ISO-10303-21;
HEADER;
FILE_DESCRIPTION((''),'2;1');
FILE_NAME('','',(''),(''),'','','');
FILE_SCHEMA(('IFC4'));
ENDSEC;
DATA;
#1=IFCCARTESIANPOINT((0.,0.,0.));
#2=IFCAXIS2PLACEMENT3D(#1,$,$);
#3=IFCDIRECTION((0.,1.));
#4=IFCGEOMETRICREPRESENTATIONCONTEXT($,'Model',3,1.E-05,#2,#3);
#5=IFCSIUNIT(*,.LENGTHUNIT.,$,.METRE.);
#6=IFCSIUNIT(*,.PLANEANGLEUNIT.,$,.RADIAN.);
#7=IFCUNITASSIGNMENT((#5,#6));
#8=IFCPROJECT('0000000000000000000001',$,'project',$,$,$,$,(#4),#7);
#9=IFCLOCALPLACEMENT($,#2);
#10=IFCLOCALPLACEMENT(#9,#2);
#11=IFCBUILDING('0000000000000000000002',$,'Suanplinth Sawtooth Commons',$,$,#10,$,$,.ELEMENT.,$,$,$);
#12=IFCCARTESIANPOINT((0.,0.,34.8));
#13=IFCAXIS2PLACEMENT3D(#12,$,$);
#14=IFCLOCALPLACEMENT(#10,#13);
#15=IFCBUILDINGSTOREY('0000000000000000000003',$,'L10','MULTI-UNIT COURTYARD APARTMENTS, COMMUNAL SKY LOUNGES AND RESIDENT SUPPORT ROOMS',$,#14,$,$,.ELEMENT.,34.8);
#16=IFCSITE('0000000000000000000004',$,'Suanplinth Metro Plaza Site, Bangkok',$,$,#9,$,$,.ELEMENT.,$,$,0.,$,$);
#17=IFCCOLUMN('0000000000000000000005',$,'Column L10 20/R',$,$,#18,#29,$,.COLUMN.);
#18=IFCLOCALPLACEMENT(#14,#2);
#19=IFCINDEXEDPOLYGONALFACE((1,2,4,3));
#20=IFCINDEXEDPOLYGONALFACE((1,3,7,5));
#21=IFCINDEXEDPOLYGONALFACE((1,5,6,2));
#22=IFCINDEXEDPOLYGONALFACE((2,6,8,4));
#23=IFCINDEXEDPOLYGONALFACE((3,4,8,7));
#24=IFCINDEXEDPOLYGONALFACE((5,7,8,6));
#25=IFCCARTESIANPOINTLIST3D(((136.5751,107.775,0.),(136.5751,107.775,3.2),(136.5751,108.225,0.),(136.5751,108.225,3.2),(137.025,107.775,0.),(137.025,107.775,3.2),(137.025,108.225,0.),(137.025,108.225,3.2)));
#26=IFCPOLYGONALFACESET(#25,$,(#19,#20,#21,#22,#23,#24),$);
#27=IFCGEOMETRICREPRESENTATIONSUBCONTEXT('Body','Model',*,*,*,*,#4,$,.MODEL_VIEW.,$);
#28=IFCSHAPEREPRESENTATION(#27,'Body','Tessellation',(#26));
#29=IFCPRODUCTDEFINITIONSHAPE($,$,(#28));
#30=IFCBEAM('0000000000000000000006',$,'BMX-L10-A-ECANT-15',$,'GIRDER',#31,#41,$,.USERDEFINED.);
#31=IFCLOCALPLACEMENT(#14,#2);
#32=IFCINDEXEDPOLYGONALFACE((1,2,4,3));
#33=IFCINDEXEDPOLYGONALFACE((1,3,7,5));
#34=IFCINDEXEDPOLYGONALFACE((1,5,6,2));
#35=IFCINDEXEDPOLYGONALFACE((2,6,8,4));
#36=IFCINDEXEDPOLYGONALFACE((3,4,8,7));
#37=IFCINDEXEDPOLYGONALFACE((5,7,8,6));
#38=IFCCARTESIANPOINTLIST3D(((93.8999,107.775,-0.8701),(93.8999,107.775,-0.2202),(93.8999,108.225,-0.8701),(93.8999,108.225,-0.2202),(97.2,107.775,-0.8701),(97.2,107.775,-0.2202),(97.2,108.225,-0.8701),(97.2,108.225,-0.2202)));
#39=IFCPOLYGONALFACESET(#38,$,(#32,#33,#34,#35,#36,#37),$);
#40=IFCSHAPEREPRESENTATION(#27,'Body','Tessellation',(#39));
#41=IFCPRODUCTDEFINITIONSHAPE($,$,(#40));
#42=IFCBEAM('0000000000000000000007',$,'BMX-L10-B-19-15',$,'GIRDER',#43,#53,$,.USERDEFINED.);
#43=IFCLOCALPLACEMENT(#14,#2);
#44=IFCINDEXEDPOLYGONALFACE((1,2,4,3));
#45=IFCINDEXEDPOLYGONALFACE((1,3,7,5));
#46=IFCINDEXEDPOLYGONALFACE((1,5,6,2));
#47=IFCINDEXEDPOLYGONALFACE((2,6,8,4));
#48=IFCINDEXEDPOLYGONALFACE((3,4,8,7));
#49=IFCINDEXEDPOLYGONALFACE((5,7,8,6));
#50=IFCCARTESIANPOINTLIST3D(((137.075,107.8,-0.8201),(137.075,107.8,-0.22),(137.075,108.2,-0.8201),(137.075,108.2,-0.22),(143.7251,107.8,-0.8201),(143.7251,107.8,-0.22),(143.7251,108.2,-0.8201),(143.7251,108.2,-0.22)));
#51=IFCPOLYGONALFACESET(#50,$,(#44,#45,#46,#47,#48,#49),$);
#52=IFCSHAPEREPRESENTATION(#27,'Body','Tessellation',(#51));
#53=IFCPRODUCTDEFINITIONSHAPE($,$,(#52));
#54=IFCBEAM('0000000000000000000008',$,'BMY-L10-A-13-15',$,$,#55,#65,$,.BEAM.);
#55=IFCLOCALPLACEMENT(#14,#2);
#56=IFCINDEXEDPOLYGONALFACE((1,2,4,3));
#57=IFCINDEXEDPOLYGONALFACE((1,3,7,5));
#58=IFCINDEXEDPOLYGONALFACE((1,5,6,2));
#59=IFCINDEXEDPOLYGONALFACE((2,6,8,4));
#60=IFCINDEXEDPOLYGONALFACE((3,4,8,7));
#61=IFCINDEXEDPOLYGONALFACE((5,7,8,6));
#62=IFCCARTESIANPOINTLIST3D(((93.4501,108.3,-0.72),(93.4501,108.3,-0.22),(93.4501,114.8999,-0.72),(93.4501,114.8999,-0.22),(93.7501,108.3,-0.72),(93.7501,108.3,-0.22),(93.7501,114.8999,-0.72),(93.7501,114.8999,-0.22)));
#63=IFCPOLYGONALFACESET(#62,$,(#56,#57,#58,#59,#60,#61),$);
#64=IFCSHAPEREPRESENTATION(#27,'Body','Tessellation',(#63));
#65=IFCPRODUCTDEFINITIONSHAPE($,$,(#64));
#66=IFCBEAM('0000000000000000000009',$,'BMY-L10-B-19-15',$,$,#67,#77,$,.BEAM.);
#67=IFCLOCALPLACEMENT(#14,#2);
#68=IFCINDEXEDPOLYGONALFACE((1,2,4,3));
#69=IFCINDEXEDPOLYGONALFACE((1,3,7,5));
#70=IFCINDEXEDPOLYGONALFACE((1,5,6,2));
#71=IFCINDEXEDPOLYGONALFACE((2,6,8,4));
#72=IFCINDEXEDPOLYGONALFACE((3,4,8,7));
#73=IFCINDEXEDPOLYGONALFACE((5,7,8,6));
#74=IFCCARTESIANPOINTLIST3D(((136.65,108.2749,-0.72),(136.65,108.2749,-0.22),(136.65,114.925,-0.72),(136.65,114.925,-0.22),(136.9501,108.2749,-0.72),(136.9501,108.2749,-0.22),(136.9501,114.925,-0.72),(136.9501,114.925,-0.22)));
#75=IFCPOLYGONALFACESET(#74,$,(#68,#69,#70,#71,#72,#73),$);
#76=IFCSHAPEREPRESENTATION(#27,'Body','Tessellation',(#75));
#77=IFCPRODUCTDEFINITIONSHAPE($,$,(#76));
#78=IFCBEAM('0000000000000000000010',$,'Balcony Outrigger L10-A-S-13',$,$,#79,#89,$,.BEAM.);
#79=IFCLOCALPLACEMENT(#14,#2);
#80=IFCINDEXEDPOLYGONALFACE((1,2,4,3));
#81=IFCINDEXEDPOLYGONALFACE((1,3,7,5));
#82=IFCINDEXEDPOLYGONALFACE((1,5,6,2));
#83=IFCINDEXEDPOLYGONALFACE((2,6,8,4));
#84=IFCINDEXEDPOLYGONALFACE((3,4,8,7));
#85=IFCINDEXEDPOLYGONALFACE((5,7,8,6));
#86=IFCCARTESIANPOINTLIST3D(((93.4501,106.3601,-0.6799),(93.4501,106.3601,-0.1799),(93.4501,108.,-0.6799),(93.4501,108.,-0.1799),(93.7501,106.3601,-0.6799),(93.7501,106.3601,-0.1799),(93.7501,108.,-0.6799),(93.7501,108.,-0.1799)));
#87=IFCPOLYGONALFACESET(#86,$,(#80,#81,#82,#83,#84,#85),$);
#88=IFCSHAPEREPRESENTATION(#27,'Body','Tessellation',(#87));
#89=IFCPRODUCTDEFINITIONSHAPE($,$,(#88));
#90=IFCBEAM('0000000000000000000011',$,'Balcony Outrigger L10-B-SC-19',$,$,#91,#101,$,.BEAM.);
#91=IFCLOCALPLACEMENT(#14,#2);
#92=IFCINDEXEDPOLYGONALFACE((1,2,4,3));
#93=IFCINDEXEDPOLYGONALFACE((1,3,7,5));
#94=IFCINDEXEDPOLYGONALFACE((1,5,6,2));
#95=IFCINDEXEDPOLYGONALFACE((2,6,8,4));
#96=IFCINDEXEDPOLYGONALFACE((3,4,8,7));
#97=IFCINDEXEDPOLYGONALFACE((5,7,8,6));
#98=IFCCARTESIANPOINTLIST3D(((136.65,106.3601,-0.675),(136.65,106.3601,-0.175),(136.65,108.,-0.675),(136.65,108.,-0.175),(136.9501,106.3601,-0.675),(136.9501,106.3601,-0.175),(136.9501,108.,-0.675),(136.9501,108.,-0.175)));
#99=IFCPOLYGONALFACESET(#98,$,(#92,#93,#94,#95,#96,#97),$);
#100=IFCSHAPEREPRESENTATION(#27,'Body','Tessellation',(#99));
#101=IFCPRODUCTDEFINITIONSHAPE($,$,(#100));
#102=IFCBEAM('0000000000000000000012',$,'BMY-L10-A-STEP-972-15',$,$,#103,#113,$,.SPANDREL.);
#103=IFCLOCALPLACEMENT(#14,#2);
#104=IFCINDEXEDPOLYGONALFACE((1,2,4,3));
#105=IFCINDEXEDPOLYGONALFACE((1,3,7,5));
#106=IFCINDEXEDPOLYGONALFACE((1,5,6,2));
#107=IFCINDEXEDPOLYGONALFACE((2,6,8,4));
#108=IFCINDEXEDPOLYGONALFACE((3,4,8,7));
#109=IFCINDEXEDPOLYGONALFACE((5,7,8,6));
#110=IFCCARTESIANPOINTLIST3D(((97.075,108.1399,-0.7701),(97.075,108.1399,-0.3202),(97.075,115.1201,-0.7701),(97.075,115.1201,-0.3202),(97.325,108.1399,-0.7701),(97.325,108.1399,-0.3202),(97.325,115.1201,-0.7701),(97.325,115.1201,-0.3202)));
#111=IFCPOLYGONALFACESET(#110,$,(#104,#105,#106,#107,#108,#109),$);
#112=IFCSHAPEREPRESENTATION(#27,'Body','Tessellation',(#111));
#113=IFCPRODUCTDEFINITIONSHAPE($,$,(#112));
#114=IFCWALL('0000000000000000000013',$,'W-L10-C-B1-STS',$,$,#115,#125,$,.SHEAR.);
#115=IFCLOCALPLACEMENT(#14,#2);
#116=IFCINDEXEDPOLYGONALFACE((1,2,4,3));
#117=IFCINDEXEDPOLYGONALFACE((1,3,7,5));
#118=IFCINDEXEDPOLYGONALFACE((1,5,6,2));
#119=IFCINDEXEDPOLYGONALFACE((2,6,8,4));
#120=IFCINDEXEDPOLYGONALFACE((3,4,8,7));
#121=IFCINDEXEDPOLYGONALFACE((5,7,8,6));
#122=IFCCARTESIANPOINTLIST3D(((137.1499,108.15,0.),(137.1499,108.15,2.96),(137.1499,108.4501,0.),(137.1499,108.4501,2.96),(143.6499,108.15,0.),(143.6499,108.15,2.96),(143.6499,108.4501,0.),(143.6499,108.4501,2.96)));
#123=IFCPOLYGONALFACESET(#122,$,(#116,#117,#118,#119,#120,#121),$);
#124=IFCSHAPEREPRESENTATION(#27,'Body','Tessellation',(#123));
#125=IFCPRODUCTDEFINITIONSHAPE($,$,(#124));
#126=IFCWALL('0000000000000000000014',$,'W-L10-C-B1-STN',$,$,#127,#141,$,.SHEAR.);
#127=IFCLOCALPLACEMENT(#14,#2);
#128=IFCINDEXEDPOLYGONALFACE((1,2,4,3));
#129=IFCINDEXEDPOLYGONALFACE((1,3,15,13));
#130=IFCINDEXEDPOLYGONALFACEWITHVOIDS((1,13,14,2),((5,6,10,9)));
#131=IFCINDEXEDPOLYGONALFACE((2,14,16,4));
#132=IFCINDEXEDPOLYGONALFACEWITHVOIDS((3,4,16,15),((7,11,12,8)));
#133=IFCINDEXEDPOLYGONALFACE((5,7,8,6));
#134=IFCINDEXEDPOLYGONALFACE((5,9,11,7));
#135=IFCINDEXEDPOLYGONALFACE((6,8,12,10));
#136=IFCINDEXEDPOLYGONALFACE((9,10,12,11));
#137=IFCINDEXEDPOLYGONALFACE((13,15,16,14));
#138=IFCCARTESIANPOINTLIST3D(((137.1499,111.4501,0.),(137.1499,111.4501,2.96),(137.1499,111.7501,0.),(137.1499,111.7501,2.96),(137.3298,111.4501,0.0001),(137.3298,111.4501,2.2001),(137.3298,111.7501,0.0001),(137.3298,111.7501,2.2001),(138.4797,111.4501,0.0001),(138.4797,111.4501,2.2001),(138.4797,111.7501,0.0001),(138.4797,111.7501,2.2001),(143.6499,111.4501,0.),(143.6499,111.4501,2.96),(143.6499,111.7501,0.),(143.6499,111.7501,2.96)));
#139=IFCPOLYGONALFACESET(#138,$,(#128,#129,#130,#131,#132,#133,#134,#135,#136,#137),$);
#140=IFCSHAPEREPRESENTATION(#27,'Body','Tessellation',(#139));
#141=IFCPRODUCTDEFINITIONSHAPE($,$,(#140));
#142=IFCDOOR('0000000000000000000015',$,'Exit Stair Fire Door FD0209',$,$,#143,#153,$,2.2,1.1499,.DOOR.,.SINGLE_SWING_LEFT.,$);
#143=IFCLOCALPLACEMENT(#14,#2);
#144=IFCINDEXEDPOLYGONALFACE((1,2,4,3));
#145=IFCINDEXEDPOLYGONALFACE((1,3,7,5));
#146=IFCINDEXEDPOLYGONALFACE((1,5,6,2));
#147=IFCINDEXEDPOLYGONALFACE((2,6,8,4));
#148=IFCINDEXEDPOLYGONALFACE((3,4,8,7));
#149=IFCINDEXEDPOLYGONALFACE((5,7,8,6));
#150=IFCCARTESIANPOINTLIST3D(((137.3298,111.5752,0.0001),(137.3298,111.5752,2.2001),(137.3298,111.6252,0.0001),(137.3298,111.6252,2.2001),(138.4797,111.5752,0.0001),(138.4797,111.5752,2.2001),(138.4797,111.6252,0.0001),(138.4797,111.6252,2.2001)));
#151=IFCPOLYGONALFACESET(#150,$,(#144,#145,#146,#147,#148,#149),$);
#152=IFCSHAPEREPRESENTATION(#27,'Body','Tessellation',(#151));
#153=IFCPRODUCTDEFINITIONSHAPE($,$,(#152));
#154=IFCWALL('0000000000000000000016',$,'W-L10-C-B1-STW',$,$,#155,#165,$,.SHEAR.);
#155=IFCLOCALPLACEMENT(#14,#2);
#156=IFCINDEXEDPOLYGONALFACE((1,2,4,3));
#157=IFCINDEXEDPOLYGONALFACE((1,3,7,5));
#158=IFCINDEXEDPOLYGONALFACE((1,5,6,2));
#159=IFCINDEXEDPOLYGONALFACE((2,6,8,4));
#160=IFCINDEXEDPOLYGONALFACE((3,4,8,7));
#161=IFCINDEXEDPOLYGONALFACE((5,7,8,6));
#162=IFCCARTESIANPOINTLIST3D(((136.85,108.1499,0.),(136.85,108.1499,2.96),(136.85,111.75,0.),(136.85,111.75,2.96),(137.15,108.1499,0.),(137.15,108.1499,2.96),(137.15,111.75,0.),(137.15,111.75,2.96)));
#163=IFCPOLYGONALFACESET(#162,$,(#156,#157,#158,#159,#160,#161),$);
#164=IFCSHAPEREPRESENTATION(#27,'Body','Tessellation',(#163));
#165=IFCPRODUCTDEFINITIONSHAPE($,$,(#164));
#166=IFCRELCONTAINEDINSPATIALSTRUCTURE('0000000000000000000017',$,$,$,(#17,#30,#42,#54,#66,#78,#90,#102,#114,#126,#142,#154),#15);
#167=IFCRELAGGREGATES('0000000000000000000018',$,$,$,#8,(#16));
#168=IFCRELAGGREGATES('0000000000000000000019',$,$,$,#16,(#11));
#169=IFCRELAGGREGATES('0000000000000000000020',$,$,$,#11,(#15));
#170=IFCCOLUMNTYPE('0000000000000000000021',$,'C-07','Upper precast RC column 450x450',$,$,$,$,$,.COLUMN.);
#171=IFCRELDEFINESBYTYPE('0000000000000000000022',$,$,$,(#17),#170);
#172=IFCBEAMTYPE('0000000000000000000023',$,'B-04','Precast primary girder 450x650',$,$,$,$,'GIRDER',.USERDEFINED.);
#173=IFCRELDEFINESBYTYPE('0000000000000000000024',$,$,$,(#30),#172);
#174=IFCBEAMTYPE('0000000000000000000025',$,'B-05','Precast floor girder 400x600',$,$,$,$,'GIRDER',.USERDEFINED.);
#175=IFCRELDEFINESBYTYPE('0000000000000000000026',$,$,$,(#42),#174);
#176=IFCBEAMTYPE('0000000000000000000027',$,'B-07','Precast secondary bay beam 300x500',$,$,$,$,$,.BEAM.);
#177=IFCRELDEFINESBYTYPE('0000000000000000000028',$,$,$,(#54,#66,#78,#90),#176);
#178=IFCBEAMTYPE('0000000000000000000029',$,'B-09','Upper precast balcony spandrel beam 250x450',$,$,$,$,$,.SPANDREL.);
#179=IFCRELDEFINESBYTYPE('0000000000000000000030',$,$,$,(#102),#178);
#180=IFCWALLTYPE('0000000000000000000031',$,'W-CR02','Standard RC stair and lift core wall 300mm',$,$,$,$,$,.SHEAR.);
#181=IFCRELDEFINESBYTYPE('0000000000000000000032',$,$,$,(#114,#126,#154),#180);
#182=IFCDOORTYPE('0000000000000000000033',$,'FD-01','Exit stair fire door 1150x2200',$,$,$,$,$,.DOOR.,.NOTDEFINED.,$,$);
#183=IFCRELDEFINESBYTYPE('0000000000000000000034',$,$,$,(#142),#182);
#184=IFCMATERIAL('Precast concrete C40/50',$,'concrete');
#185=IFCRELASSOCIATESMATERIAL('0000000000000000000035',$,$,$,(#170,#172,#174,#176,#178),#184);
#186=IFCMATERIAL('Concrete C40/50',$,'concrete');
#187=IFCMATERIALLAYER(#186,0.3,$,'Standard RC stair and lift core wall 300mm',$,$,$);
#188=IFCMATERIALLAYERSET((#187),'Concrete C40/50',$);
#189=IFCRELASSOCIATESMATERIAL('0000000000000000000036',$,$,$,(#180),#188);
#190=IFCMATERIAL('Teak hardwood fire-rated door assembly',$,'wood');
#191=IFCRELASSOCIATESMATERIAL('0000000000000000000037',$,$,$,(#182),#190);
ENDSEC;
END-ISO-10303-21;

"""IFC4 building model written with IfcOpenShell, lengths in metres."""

from ifc_helpers import new_model, si_unit, direction, frame, frame_2d, origin, origin_2d, place, context, subcontext, project, spatial, rectangle, extrude, material, layer, layer_set, material_profile, profile_set, type_object, element, fill, save


model = new_model("IFC4")

# Units and contexts
model_context = context("Model", 3, precision=1e-05, world=origin(), true_north=direction((0.0, 1.0)))
body_context = subcontext(model_context, "Body", "Model", "MODEL_VIEW")
ifc_project = project(units=[si_unit("LENGTHUNIT", "METRE"), si_unit("PLANEANGLEUNIT", "RADIAN")], contexts=[model_context])

# Site, building, storey
site_placement = place(None, origin())
site = spatial("IfcSite", under=ifc_project, at=site_placement, Name="Suanplinth Metro Plaza Site, Bangkok", CompositionType="ELEMENT", RefElevation=0.0)
building_placement = place(site_placement, origin())
building = spatial("IfcBuilding", under=site, at=building_placement, Name="Suanplinth Sawtooth Commons", CompositionType="ELEMENT")
storey_placement = place(building_placement, frame((0.0, 0.0, 34.8)))
storey = spatial("IfcBuildingStorey", under=building, at=storey_placement, Name="L10", Description="MULTI-UNIT COURTYARD APARTMENTS, COMMUNAL SKY LOUNGES AND RESIDENT SUPPORT ROOMS", CompositionType="ELEMENT", Elevation=34.8)

# Column
ifc_material_1 = material(Name="Precast concrete C40/50", Category="concrete")
ifc_material_profile_1 = material_profile(ifc_material_1, rectangle(XDim=0.45, YDim=0.45, at=origin_2d()), Name="PC-COL 450x450")
ifc_profile_set_1 = profile_set([ifc_material_profile_1], Name="Precast concrete C40/50")
column_type = type_object("IfcColumnType", Name="C-07", Description="Upper precast RC column 450x450", PredefinedType="COLUMN", material=ifc_profile_set_1)
column_placement = place(storey_placement, frame((136.8, 108.0, 0.0), z_axis=(0.0, 0.0, 1.0), x_axis=(1.0, 0.0, 0.0)))
element("IfcColumn", 1, at=column_placement, inside=storey, type_object=column_type, Name="Column L10 20/R", PredefinedType="COLUMN", context=body_context, shape_type="SweptSolid", body=[
    extrude(rectangle(XDim=0.45, YDim=0.45, at=origin_2d()), origin(), (0.0, 0.0, 1.0), 3.2),
])

# Beams
ifc_material_profile_2 = material_profile(ifc_material_1, rectangle(XDim=0.45, YDim=0.6499, at=origin_2d()), Name="PC-GDR 450x650")
ifc_profile_set_2 = profile_set([ifc_material_profile_2], Name="Precast concrete C40/50")
beam_type_1 = type_object("IfcBeamType", Name="B-04", Description="Precast primary girder 450x650", ElementType="GIRDER", PredefinedType="USERDEFINED", material=ifc_profile_set_2)
beam_1_placement = place(storey_placement, frame((93.8999, 108.0, -0.5452), z_axis=(1.0, 0.0, 0.0), x_axis=(0.0, 1.0, 0.0)))
element("IfcBeam", 2, at=beam_1_placement, inside=storey, type_object=beam_type_1, Name="BMX-L10-A-ECANT-15", ObjectType="GIRDER", PredefinedType="USERDEFINED", context=body_context, shape_type="SweptSolid", body=[
    extrude(rectangle(XDim=0.45, YDim=0.6499, at=origin_2d()), origin(), (0.0, 0.0, 1.0), 3.3),
])
ifc_material_profile_3 = material_profile(ifc_material_1, rectangle(XDim=0.3999, YDim=0.6001, at=origin_2d()), Name="PC-GDR 400x600")
ifc_profile_set_3 = profile_set([ifc_material_profile_3], Name="Precast concrete C40/50")
beam_type_2 = type_object("IfcBeamType", Name="B-05", Description="Precast floor girder 400x600", ElementType="GIRDER", PredefinedType="USERDEFINED", material=ifc_profile_set_3)
beam_2_placement = place(storey_placement, frame((137.075, 108.0, -0.52), z_axis=(1.0, 0.0, 0.0), x_axis=(0.0, 1.0, 0.0)))
element("IfcBeam", 3, at=beam_2_placement, inside=storey, type_object=beam_type_2, Name="BMX-L10-B-19-15", ObjectType="GIRDER", PredefinedType="USERDEFINED", context=body_context, shape_type="SweptSolid", body=[
    extrude(rectangle(XDim=0.3999, YDim=0.6001, at=origin_2d()), origin(), (0.0, 0.0, 1.0), 6.6501),
])
ifc_material_profile_4 = material_profile(ifc_material_1, rectangle(XDim=0.3, YDim=0.5, at=origin_2d()), Name="PC-BM 300x500")
ifc_profile_set_4 = profile_set([ifc_material_profile_4], Name="Precast concrete C40/50")
beam_type_3 = type_object("IfcBeamType", Name="B-07", Description="Precast secondary bay beam 300x500", PredefinedType="BEAM", material=ifc_profile_set_4)
beam_3_placement = place(storey_placement, frame((93.6001, 108.3, -0.47), z_axis=(0.0, 1.0, 0.0), x_axis=(-1.0, 0.0, 0.0)))
element("IfcBeam", 4, at=beam_3_placement, inside=storey, type_object=beam_type_3, Name="BMY-L10-A-13-15", PredefinedType="BEAM", context=body_context, shape_type="SweptSolid", body=[
    extrude(rectangle(XDim=0.3, YDim=0.5, at=origin_2d()), origin(), (0.0, 0.0, 1.0), 6.5999),
])
beam_4_placement = place(storey_placement, frame((136.8, 108.2749, -0.47), z_axis=(0.0, 1.0, 0.0), x_axis=(-1.0, 0.0, 0.0)))
element("IfcBeam", 5, at=beam_4_placement, inside=storey, type_object=beam_type_3, Name="BMY-L10-B-19-15", PredefinedType="BEAM", context=body_context, shape_type="SweptSolid", body=[
    extrude(rectangle(XDim=0.3, YDim=0.5, at=origin_2d()), origin(), (0.0, 0.0, 1.0), 6.6501),
])
for number, where, z_axis, x_axis, name in (
    (6, (93.6001, 108.0, -0.4299), (0.0, -1.0, 0.0), (1.0, 0.0, 0.0), "Balcony Outrigger L10-A-S-13"),
    (7, (136.8, 108.0, -0.425), (0.0, -1.0, 0.0), (1.0, 0.0, 0.0), "Balcony Outrigger L10-B-SC-19"),
):
    element("IfcBeam", number, at=place(storey_placement, frame(where, z_axis=z_axis, x_axis=x_axis)), inside=storey, type_object=beam_type_3, Name=name, PredefinedType="BEAM", context=body_context, shape_type="SweptSolid", body=[
        extrude(rectangle(XDim=0.3, YDim=0.5, at=origin_2d()), origin(), (0.0, 0.0, 1.0), 1.6399),
    ])
ifc_material_profile_5 = material_profile(ifc_material_1, rectangle(XDim=0.25, YDim=0.45, at=origin_2d()), Name="PC-SP 250x450")
ifc_profile_set_5 = profile_set([ifc_material_profile_5], Name="Precast concrete C40/50")
beam_type_4 = type_object("IfcBeamType", Name="B-09", Description="Upper precast balcony spandrel beam 250x450", PredefinedType="SPANDREL", material=ifc_profile_set_5)
beam_5_placement = place(storey_placement, frame((97.2, 108.1399, -0.5452), z_axis=(0.0, 1.0, 0.0), x_axis=(-1.0, 0.0, 0.0)))
element("IfcBeam", 8, at=beam_5_placement, inside=storey, type_object=beam_type_4, Name="BMY-L10-A-STEP-972-15", PredefinedType="SPANDREL", context=body_context, shape_type="SweptSolid", body=[
    extrude(rectangle(XDim=0.25, YDim=0.45, at=origin_2d()), origin(), (0.0, 0.0, 1.0), 6.9802),
])

# Wall
ifc_material_2 = material(Name="Concrete C40/50", Category="concrete")
ifc_layer_1 = layer(ifc_material_2, 0.3, Name="Standard RC stair and lift core wall 300mm")
ifc_layer_set_1 = layer_set([ifc_layer_1], Name="Concrete C40/50")
wall_type_1 = type_object("IfcWallType", Name="W-CR02", Description="Standard RC stair and lift core wall 300mm", PredefinedType="SHEAR", material=ifc_layer_set_1)
wall_1_placement = place(storey_placement, frame((137.1499, 108.3, 0.0), z_axis=(0.0, 0.0, 1.0), x_axis=(1.0, 0.0, 0.0)))
element("IfcWall", 9, at=wall_1_placement, inside=storey, type_object=wall_type_1, Name="W-L10-C-B1-STS", PredefinedType="SHEAR", context=body_context, shape_type="SweptSolid", body=[
    extrude(rectangle(XDim=6.5, YDim=0.3, at=frame_2d((3.25, 0.0))), origin(), (0.0, 0.0, 1.0), 2.96),
])

# Wall, opening, door
wall_2_placement = place(storey_placement, frame((137.1499, 111.6001, 0.0), z_axis=(0.0, 0.0, 1.0), x_axis=(1.0, 0.0, 0.0)))
wall_2 = element("IfcWall", 10, at=wall_2_placement, inside=storey, type_object=wall_type_1, Name="W-L10-C-B1-STN", PredefinedType="SHEAR", context=body_context, shape_type="SweptSolid", body=[
    extrude(rectangle(XDim=6.5, YDim=0.3, at=frame_2d((3.25, 0.0))), origin(), (0.0, 0.0, 1.0), 2.96),
])
opening_1_placement = place(wall_2_placement, frame((0.1799, 0.0, 0.0)))
opening_1 = element("IfcOpeningElement", 11, at=opening_1_placement, cuts=wall_2, PredefinedType="OPENING", context=body_context, shape_type="SweptSolid", body=[
    extrude(rectangle(XDim=1.1499, YDim=2.2, at=frame_2d((0.575, 1.1001))), frame((0.0, 0.165, 0.0), z_axis=(0.0, -1.0, 0.0), x_axis=(1.0, 0.0, 0.0)), (0.0, 0.0, 1.0), 0.3298),
])
ifc_material_3 = material(Name="Teak hardwood fire-rated door assembly", Category="wood")
door_type = type_object("IfcDoorType", Name="FD-01", Description="Exit stair fire door 1150x2200", OperationType="NOTDEFINED", PredefinedType="DOOR", material=ifc_material_3)
door_placement = place(opening_1_placement, frame((1.1499, 0.0, 0.0), z_axis=(0.0, 0.0, 1.0), x_axis=(-1.0, 0.0, 0.0)))
door = element("IfcDoor", 12, at=door_placement, inside=storey, type_object=door_type, Name="Exit Stair Fire Door FD0209", OperationType="SINGLE_SWING_LEFT", OverallHeight=2.2, OverallWidth=1.1499, PredefinedType="DOOR", context=body_context, shape_type="SweptSolid", body=[
    extrude(rectangle(XDim=1.1499, YDim=2.2, at=frame_2d((0.575, 1.1001))), frame((0.0, 0.0249, 0.0), z_axis=(0.0, -1.0, 0.0), x_axis=(1.0, 0.0, 0.0)), (0.0, 0.0, 1.0), 0.05),
])
fill(opening_1, door)

# Wall
wall_3_placement = place(storey_placement, frame((137.0, 108.1499, 0.0), z_axis=(0.0, 0.0, 1.0), x_axis=(0.0, 1.0, 0.0)))
element("IfcWall", 13, at=wall_3_placement, inside=storey, type_object=wall_type_1, Name="W-L10-C-B1-STW", PredefinedType="SHEAR", context=body_context, shape_type="SweptSolid", body=[
    extrude(rectangle(XDim=3.6001, YDim=0.3, at=frame_2d((1.8, 0.0))), origin(), (0.0, 0.0, 1.0), 2.96),
])

save(model, "model.ifc")
